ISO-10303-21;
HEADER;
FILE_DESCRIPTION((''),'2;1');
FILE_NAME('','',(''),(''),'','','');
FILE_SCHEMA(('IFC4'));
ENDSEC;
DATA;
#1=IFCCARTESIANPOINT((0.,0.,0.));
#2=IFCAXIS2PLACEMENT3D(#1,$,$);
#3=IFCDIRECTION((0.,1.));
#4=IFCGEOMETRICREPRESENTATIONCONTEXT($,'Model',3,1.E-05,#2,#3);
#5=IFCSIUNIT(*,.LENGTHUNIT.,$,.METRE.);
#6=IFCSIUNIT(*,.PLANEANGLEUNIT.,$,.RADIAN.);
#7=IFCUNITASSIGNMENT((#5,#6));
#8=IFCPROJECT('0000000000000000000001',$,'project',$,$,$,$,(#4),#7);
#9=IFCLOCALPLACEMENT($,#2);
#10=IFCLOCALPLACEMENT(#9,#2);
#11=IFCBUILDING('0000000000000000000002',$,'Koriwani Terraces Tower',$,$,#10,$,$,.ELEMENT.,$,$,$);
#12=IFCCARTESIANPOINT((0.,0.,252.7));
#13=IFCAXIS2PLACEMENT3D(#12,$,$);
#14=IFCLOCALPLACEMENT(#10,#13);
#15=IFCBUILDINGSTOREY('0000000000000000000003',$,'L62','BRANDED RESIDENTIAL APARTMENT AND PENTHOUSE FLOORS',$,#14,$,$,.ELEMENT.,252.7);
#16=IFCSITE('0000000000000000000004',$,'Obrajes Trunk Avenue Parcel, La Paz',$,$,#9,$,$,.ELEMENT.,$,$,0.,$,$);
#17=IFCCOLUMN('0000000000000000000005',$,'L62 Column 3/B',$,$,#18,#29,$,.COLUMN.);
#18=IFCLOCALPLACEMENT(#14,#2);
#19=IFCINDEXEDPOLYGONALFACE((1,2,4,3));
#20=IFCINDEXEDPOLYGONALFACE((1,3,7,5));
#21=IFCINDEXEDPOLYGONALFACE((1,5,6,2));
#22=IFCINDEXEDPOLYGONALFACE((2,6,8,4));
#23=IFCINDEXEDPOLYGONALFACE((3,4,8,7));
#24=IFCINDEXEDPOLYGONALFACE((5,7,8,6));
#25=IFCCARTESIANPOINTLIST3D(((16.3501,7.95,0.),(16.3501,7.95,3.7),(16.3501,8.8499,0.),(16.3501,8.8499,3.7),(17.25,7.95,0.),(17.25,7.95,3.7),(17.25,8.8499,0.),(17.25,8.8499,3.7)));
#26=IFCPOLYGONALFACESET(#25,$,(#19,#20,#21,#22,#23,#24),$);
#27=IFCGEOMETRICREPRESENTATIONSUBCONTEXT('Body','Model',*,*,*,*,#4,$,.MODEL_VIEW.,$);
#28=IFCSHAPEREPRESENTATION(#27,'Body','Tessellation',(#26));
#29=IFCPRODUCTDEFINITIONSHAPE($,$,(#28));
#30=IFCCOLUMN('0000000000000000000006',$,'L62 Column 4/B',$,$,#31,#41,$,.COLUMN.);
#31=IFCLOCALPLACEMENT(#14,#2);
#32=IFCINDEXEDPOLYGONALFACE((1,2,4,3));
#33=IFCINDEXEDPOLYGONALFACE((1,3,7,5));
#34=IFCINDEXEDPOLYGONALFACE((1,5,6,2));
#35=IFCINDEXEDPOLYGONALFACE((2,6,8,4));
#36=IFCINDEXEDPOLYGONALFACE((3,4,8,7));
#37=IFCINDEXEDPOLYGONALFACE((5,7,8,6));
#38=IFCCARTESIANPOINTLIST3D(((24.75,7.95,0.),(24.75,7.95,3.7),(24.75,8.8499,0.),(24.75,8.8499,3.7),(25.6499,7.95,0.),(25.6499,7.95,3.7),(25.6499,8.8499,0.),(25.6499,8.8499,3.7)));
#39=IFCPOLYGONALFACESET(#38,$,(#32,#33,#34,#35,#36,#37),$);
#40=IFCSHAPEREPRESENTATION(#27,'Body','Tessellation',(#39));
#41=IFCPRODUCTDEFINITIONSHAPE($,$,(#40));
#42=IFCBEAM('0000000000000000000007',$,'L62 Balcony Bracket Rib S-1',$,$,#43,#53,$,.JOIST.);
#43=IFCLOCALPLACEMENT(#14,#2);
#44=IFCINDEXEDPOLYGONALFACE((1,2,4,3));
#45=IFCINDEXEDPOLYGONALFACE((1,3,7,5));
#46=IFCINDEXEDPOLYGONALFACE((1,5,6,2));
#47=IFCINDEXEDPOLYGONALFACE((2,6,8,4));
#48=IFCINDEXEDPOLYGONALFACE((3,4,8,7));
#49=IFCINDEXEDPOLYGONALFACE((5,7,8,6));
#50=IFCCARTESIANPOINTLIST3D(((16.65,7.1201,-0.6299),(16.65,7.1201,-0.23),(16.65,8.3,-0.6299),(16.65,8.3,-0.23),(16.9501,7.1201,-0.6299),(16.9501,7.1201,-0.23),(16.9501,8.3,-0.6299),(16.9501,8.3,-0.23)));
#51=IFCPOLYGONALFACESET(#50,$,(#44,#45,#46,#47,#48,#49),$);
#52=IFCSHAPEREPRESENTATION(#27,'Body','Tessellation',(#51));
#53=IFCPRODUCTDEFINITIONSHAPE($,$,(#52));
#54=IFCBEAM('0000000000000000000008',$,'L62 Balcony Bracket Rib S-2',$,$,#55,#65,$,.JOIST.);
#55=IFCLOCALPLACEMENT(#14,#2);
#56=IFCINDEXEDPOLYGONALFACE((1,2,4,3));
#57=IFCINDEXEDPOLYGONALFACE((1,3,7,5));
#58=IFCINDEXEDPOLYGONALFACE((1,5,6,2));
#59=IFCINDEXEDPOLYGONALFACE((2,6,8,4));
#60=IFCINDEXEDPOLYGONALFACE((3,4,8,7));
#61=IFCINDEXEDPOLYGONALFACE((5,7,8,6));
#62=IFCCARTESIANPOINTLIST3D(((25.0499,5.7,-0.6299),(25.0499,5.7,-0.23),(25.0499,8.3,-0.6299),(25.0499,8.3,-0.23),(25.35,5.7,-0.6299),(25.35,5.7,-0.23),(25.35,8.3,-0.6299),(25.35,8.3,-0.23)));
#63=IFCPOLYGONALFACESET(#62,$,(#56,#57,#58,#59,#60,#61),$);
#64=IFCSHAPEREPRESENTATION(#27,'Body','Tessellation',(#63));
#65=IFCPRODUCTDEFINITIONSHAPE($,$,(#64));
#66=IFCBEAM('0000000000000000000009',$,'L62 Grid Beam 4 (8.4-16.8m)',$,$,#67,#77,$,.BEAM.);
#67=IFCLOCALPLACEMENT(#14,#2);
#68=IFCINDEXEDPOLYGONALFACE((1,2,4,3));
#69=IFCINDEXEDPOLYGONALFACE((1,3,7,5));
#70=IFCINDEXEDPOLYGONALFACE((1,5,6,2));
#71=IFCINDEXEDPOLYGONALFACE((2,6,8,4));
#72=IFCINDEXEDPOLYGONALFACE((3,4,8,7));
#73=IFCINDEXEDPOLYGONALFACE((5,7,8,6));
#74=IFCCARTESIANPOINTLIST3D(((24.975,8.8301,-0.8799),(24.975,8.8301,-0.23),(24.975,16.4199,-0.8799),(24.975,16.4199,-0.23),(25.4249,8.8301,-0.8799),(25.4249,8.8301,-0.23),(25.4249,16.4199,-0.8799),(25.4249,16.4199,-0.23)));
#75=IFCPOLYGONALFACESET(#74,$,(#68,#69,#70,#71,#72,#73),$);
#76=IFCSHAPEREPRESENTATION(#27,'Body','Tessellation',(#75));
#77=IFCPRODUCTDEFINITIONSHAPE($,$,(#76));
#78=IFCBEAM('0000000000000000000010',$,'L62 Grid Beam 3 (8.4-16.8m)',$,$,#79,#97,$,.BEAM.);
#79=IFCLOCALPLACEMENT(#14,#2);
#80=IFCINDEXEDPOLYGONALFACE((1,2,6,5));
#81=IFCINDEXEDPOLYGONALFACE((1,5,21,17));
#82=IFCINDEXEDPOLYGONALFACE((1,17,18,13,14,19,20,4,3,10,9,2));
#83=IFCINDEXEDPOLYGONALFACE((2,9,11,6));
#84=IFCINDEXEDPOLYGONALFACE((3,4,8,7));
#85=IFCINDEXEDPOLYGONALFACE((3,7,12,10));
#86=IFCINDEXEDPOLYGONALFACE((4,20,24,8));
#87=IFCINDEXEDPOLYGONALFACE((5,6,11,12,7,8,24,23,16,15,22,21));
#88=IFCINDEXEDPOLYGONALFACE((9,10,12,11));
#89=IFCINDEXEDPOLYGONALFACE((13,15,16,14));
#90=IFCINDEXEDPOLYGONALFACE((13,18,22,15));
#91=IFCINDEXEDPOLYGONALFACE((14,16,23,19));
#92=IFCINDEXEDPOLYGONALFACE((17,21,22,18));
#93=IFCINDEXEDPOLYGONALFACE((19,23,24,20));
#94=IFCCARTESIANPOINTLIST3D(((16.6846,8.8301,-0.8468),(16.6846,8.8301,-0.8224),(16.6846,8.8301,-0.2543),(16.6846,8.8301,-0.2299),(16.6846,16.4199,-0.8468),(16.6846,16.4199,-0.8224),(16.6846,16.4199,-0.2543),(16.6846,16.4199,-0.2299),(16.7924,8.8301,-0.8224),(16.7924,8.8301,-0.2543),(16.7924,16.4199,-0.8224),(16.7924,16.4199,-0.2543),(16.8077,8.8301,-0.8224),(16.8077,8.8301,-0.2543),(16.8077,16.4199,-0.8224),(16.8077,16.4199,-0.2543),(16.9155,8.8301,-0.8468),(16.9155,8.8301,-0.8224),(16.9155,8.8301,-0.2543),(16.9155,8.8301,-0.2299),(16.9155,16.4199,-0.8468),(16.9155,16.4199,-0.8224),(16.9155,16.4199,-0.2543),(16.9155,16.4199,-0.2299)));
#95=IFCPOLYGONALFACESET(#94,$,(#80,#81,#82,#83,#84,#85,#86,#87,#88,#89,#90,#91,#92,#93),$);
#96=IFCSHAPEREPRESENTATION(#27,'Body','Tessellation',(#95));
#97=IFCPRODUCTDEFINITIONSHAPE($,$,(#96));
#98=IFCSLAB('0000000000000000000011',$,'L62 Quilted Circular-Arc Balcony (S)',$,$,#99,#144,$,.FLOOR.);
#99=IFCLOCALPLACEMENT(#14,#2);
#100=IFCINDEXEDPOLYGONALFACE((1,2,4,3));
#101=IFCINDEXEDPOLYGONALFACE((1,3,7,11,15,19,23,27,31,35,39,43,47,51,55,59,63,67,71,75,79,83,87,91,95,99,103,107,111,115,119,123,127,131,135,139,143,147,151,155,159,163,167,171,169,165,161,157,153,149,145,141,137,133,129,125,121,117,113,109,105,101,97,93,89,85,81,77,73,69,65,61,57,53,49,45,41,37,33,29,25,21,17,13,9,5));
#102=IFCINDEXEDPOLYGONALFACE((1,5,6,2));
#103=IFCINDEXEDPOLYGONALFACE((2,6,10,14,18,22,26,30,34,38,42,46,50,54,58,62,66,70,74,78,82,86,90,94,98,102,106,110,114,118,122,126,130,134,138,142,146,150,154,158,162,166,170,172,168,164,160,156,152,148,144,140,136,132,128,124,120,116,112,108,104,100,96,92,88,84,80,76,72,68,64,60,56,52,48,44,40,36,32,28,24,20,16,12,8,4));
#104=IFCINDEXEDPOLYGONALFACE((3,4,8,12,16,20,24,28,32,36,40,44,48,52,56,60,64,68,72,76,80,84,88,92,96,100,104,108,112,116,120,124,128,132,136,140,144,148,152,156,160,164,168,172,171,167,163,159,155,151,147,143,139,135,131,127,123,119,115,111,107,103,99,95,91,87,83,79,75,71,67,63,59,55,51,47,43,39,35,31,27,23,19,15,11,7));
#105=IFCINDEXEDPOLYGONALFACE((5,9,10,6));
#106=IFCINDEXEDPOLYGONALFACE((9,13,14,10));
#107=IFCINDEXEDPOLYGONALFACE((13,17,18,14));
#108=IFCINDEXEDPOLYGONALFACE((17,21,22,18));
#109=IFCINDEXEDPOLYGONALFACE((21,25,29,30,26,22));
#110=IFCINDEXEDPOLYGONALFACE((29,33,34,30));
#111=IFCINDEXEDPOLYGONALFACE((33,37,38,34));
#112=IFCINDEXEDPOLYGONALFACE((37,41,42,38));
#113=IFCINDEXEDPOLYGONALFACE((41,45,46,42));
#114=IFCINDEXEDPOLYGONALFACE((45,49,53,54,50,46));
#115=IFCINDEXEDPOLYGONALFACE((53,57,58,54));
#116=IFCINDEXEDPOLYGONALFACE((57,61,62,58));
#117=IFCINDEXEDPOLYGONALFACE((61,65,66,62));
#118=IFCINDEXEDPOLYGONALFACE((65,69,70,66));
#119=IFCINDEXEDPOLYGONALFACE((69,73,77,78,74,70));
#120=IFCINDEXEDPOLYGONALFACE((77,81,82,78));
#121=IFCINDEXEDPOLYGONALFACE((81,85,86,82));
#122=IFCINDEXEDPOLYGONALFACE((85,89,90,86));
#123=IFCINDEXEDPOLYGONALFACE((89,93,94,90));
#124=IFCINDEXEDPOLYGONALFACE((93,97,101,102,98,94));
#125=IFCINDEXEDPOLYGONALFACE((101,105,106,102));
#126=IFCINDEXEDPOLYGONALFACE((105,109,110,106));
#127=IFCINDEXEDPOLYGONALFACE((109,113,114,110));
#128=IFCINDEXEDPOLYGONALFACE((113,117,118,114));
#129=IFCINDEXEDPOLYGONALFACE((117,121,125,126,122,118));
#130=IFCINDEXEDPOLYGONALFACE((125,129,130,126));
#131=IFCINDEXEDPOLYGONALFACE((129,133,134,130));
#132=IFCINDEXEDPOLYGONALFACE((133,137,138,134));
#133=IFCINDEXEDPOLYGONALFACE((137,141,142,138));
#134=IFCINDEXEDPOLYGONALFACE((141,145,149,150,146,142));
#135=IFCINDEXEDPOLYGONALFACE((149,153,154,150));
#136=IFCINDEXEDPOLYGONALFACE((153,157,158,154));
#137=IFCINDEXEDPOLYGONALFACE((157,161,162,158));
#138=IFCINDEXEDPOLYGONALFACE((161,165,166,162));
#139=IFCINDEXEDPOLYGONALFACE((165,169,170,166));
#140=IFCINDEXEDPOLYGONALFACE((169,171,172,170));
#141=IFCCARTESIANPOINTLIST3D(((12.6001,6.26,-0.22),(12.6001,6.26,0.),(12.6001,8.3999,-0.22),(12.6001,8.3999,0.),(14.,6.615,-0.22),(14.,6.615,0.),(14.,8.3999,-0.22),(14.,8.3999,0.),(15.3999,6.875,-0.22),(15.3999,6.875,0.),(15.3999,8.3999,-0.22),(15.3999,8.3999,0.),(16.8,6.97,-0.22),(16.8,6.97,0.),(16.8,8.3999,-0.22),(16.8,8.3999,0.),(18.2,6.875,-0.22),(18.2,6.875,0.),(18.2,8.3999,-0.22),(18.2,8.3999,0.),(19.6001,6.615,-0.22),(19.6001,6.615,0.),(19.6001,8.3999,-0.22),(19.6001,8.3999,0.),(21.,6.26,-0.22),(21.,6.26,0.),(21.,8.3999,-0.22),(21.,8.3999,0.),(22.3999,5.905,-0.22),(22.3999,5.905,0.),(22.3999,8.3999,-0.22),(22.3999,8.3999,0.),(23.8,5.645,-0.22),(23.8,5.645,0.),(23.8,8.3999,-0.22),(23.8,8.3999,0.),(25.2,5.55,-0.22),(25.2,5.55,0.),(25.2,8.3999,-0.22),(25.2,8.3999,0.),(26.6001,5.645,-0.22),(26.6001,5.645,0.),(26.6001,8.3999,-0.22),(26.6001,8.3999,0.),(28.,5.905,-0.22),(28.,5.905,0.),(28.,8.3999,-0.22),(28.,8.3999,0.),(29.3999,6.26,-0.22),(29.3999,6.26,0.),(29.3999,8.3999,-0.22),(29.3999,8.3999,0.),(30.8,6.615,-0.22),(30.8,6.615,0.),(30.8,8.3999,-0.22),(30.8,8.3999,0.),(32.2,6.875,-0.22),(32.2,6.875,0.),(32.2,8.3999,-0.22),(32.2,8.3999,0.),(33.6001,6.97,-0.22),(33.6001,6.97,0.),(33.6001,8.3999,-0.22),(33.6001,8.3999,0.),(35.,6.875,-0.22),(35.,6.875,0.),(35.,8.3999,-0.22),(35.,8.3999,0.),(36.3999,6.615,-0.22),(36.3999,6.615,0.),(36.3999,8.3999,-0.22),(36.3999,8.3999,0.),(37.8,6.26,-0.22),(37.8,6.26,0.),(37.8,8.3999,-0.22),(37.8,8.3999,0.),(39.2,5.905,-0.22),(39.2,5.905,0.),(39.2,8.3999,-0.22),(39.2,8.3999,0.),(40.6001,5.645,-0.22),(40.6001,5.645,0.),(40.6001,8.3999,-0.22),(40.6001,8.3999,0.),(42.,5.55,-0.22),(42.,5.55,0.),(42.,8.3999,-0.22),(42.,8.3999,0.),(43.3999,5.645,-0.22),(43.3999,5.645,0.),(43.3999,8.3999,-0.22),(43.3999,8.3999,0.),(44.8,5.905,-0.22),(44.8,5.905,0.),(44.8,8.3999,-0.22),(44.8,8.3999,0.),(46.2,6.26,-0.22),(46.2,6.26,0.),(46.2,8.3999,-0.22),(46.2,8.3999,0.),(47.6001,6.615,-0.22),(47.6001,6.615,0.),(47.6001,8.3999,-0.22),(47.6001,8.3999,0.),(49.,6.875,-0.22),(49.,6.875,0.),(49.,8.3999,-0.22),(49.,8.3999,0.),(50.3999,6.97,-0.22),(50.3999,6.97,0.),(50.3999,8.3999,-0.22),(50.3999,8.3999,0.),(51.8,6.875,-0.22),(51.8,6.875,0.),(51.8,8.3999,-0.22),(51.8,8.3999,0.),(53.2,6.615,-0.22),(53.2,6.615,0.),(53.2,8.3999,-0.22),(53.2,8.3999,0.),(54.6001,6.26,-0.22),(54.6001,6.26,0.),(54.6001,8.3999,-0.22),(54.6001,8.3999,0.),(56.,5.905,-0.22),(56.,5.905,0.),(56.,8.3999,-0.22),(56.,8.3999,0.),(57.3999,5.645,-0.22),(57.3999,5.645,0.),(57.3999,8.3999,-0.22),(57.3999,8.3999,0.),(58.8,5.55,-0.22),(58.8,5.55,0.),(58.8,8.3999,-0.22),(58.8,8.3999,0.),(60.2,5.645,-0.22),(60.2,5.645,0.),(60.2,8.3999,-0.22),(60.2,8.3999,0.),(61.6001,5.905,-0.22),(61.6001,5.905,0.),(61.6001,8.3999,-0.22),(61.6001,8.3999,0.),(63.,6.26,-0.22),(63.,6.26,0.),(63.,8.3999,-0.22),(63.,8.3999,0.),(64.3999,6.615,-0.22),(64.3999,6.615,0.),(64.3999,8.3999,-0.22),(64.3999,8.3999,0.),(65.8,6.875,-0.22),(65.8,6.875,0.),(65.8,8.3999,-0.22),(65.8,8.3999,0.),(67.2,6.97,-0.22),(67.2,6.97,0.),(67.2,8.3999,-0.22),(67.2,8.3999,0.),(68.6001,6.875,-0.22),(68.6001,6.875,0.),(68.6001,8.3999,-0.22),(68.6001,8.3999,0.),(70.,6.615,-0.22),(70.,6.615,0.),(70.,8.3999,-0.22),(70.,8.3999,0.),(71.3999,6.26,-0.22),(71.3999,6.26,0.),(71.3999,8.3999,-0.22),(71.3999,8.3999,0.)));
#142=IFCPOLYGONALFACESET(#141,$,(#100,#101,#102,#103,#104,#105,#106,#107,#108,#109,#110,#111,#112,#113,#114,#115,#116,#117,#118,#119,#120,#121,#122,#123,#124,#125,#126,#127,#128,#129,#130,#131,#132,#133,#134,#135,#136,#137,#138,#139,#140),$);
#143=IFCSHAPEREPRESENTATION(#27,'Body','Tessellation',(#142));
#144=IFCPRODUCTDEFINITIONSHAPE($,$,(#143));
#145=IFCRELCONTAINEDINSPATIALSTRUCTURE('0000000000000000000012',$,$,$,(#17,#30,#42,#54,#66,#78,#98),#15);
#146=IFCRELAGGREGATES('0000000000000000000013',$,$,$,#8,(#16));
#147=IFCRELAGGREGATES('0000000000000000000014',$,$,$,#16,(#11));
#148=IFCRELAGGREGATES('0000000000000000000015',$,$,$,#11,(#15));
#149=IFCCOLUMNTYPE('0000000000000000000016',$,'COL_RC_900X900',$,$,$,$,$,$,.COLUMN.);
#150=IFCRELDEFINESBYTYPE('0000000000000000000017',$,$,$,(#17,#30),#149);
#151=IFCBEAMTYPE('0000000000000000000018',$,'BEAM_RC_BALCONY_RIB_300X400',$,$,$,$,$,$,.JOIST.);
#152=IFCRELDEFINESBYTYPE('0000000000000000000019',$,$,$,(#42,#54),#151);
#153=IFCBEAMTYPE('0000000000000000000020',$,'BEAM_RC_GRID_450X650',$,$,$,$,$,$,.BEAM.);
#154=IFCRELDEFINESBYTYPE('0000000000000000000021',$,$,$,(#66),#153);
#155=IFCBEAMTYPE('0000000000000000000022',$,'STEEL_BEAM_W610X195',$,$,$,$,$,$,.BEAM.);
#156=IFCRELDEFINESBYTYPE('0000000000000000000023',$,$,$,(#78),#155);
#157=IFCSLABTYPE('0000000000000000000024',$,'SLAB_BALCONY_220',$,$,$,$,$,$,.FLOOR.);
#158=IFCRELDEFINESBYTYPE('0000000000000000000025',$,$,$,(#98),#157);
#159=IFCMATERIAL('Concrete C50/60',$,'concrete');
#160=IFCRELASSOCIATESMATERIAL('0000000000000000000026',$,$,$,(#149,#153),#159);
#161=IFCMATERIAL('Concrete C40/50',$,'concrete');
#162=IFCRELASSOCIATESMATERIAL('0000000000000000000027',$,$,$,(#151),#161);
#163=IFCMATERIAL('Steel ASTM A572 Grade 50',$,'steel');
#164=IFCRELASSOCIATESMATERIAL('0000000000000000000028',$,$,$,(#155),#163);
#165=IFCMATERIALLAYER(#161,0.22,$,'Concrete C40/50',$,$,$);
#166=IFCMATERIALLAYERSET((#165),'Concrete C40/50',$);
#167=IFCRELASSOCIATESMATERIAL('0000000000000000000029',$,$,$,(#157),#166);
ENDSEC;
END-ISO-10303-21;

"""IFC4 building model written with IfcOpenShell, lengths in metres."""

from ifc_helpers import new_model, si_unit, direction, frame, origin, origin_2d, place, context, subcontext, project, spatial, polyline, rectangle, i_section, outline, extrude, material, layer, layer_set, material_profile, profile_set, type_object, element, save


model = new_model("IFC4")

# Units and contexts
model_context = context("Model", 3, precision=1e-05, world=origin(), true_north=direction((0.0, 1.0)))
body_context = subcontext(model_context, "Body", "Model", "MODEL_VIEW")
ifc_project = project(units=[si_unit("LENGTHUNIT", "METRE"), si_unit("PLANEANGLEUNIT", "RADIAN")], contexts=[model_context])

# Site, building, storey
site_placement = place(None, origin())
site = spatial("IfcSite", under=ifc_project, at=site_placement, Name="Obrajes Trunk Avenue Parcel, La Paz", CompositionType="ELEMENT", RefElevation=0.0)
building_placement = place(site_placement, origin())
building = spatial("IfcBuilding", under=site, at=building_placement, Name="Koriwani Terraces Tower", CompositionType="ELEMENT")
storey_placement = place(building_placement, frame((0.0, 0.0, 252.7)))
storey = spatial("IfcBuildingStorey", under=building, at=storey_placement, Name="L62", Description="BRANDED RESIDENTIAL APARTMENT AND PENTHOUSE FLOORS", CompositionType="ELEMENT", Elevation=252.7)

# Columns
ifc_material_1 = material(Name="Concrete C50/60", Category="concrete")
ifc_material_profile_1 = material_profile(ifc_material_1, rectangle(XDim=0.8999, YDim=0.8999, at=origin_2d()), Name="Concrete C50/60", Category="LoadBearing")
ifc_profile_set_1 = profile_set([ifc_material_profile_1], Name="Concrete C50/60")
column_type = type_object("IfcColumnType", Name="COL_RC_900X900", PredefinedType="COLUMN", material=ifc_profile_set_1)
for number, where, z_axis, x_axis, name in (
    (1, (16.8, 8.3999, 0.0), (0.0, 0.0, 1.0), (1.0, 0.0, 0.0), "L62 Column 3/B"),
    (2, (25.2, 8.3999, 0.0), (0.0, 0.0, 1.0), (1.0, 0.0, 0.0), "L62 Column 4/B"),
):
    element("IfcColumn", number, at=place(storey_placement, frame(where, z_axis=z_axis, x_axis=x_axis)), inside=storey, type_object=column_type, Name=name, PredefinedType="COLUMN", context=body_context, shape_type="SweptSolid", body=[
        extrude(rectangle(XDim=0.8999, YDim=0.8999, at=origin_2d()), origin(), (0.0, 0.0, 1.0), 3.7),
    ])

# Beams
ifc_material_2 = material(Name="Concrete C40/50", Category="concrete")
ifc_material_profile_2 = material_profile(ifc_material_2, rectangle(XDim=0.3, YDim=0.3999, at=origin_2d()), Name="Concrete C40/50", Category="LoadBearing")
ifc_profile_set_2 = profile_set([ifc_material_profile_2], Name="Concrete C40/50")
beam_type_1 = type_object("IfcBeamType", Name="BEAM_RC_BALCONY_RIB_300X400", PredefinedType="JOIST", material=ifc_profile_set_2)
beam_1_placement = place(storey_placement, frame((16.8, 7.1201, -0.4299), z_axis=(0.0, 1.0, 0.0), x_axis=(-1.0, 0.0, 0.0)))
element("IfcBeam", 3, at=beam_1_placement, inside=storey, type_object=beam_type_1, Name="L62 Balcony Bracket Rib S-1", PredefinedType="JOIST", context=body_context, shape_type="SweptSolid", body=[
    extrude(rectangle(XDim=0.3, YDim=0.3999, at=origin_2d()), origin(), (0.0, 0.0, 1.0), 1.1799),
])
beam_2_placement = place(storey_placement, frame((25.2, 5.7, -0.4299), z_axis=(0.0, 1.0, 0.0), x_axis=(-1.0, 0.0, 0.0)))
element("IfcBeam", 4, at=beam_2_placement, inside=storey, type_object=beam_type_1, Name="L62 Balcony Bracket Rib S-2", PredefinedType="JOIST", context=body_context, shape_type="SweptSolid", body=[
    extrude(rectangle(XDim=0.3, YDim=0.3999, at=origin_2d()), origin(), (0.0, 0.0, 1.0), 2.6001),
])
ifc_material_profile_3 = material_profile(ifc_material_1, rectangle(XDim=0.45, YDim=0.6499, at=origin_2d()), Name="Concrete C50/60", Category="LoadBearing")
ifc_profile_set_3 = profile_set([ifc_material_profile_3], Name="Concrete C50/60")
beam_type_2 = type_object("IfcBeamType", Name="BEAM_RC_GRID_450X650", PredefinedType="BEAM", material=ifc_profile_set_3)
beam_3_placement = place(storey_placement, frame((25.2, 8.8301, -0.5549), z_axis=(0.0, 1.0, 0.0), x_axis=(-1.0, 0.0, 0.0)))
element("IfcBeam", 5, at=beam_3_placement, inside=storey, type_object=beam_type_2, Name="L62 Grid Beam 4 (8.4-16.8m)", PredefinedType="BEAM", context=body_context, shape_type="SweptSolid", body=[
    extrude(rectangle(XDim=0.45, YDim=0.6499, at=origin_2d()), origin(), (0.0, 0.0, 1.0), 7.5898),
])
ifc_material_3 = material(Name="Steel ASTM A572 Grade 50", Category="steel")
ifc_material_profile_4 = material_profile(ifc_material_3, i_section(OverallWidth=0.231, OverallDepth=0.6169, WebThickness=0.0154, FlangeThickness=0.0244, at=origin_2d()), Name="Steel ASTM A572 Grade 50", Category="LoadBearing")
ifc_profile_set_4 = profile_set([ifc_material_profile_4], Name="Steel ASTM A572 Grade 50")
beam_type_3 = type_object("IfcBeamType", Name="STEEL_BEAM_W610X195", PredefinedType="BEAM", material=ifc_profile_set_4)
beam_4_placement = place(storey_placement, frame((16.8, 8.8301, -0.5383), z_axis=(0.0, 1.0, 0.0), x_axis=(-1.0, 0.0, 0.0)))
element("IfcBeam", 6, at=beam_4_placement, inside=storey, type_object=beam_type_3, Name="L62 Grid Beam 3 (8.4-16.8m)", PredefinedType="BEAM", context=body_context, shape_type="SweptSolid", body=[
    extrude(i_section(OverallWidth=0.231, OverallDepth=0.6169, WebThickness=0.0154, FlangeThickness=0.0244, at=origin_2d()), origin(), (0.0, 0.0, 1.0), 7.5898),
])

# Slab
ifc_layer_1 = layer(ifc_material_2, 0.22, Name="Concrete C40/50")
ifc_layer_set_1 = layer_set([ifc_layer_1], Name="Concrete C40/50")
slab_type_1 = type_object("IfcSlabType", Name="SLAB_BALCONY_220", PredefinedType="FLOOR", material=ifc_layer_set_1)
slab_1_placement = place(storey_placement, frame((0.0, 0.0, -0.22)))
element("IfcSlab", 7, at=slab_1_placement, inside=storey, type_object=slab_type_1, Name="L62 Quilted Circular-Arc Balcony (S)", PredefinedType="FLOOR", context=body_context, shape_type="SweptSolid", body=[
    extrude(outline(polyline([(12.6001, 8.3999), (14.0, 8.3999), (15.3999, 8.3999), (16.8, 8.3999), (18.2, 8.3999), (19.6001, 8.3999), (21.0, 8.3999), (22.3999, 8.3999), (23.8, 8.3999), (25.2, 8.3999), (26.6001, 8.3999), (28.0, 8.3999), (29.3999, 8.3999), (30.8, 8.3999), (32.2, 8.3999), (33.6001, 8.3999), (35.0, 8.3999), (36.3999, 8.3999), (37.8, 8.3999), (39.2, 8.3999), (40.6001, 8.3999), (42.0, 8.3999), (43.3999, 8.3999), (44.8, 8.3999), (46.2, 8.3999), (47.6001, 8.3999), (49.0, 8.3999), (50.3999, 8.3999), (51.8, 8.3999), (53.2, 8.3999), (54.6001, 8.3999), (56.0, 8.3999), (57.3999, 8.3999), (58.8, 8.3999), (60.2, 8.3999), (61.6001, 8.3999), (63.0, 8.3999), (64.3999, 8.3999), (65.8, 8.3999), (67.2, 8.3999), (68.6001, 8.3999), (70.0, 8.3999), (71.3999, 8.3999), (71.3999, 6.26), (70.0, 6.615), (68.6001, 6.875), (67.2, 6.97), (65.8, 6.875), (64.3999, 6.615), (63.0, 6.26), (61.6001, 5.905), (60.2, 5.645), (58.8, 5.55), (57.3999, 5.645), (56.0, 5.905), (54.6001, 6.26), (53.2, 6.615), (51.8, 6.875), (50.3999, 6.97), (49.0, 6.875), (47.6001, 6.615), (46.2, 6.26), (44.8, 5.905), (43.3999, 5.645), (42.0, 5.55), (40.6001, 5.645), (39.2, 5.905), (37.8, 6.26), (36.3999, 6.615), (35.0, 6.875), (33.6001, 6.97), (32.2, 6.875), (30.8, 6.615), (29.3999, 6.26), (28.0, 5.905), (26.6001, 5.645), (25.2, 5.55), (23.8, 5.645), (22.3999, 5.905), (21.0, 6.26), (19.6001, 6.615), (18.2, 6.875), (16.8, 6.97), (15.3999, 6.875), (14.0, 6.615), (12.6001, 6.26), (12.6001, 8.3999)])), origin(), (0.0, 0.0, 1.0), 0.22),
])

save(model, "model.ifc")
